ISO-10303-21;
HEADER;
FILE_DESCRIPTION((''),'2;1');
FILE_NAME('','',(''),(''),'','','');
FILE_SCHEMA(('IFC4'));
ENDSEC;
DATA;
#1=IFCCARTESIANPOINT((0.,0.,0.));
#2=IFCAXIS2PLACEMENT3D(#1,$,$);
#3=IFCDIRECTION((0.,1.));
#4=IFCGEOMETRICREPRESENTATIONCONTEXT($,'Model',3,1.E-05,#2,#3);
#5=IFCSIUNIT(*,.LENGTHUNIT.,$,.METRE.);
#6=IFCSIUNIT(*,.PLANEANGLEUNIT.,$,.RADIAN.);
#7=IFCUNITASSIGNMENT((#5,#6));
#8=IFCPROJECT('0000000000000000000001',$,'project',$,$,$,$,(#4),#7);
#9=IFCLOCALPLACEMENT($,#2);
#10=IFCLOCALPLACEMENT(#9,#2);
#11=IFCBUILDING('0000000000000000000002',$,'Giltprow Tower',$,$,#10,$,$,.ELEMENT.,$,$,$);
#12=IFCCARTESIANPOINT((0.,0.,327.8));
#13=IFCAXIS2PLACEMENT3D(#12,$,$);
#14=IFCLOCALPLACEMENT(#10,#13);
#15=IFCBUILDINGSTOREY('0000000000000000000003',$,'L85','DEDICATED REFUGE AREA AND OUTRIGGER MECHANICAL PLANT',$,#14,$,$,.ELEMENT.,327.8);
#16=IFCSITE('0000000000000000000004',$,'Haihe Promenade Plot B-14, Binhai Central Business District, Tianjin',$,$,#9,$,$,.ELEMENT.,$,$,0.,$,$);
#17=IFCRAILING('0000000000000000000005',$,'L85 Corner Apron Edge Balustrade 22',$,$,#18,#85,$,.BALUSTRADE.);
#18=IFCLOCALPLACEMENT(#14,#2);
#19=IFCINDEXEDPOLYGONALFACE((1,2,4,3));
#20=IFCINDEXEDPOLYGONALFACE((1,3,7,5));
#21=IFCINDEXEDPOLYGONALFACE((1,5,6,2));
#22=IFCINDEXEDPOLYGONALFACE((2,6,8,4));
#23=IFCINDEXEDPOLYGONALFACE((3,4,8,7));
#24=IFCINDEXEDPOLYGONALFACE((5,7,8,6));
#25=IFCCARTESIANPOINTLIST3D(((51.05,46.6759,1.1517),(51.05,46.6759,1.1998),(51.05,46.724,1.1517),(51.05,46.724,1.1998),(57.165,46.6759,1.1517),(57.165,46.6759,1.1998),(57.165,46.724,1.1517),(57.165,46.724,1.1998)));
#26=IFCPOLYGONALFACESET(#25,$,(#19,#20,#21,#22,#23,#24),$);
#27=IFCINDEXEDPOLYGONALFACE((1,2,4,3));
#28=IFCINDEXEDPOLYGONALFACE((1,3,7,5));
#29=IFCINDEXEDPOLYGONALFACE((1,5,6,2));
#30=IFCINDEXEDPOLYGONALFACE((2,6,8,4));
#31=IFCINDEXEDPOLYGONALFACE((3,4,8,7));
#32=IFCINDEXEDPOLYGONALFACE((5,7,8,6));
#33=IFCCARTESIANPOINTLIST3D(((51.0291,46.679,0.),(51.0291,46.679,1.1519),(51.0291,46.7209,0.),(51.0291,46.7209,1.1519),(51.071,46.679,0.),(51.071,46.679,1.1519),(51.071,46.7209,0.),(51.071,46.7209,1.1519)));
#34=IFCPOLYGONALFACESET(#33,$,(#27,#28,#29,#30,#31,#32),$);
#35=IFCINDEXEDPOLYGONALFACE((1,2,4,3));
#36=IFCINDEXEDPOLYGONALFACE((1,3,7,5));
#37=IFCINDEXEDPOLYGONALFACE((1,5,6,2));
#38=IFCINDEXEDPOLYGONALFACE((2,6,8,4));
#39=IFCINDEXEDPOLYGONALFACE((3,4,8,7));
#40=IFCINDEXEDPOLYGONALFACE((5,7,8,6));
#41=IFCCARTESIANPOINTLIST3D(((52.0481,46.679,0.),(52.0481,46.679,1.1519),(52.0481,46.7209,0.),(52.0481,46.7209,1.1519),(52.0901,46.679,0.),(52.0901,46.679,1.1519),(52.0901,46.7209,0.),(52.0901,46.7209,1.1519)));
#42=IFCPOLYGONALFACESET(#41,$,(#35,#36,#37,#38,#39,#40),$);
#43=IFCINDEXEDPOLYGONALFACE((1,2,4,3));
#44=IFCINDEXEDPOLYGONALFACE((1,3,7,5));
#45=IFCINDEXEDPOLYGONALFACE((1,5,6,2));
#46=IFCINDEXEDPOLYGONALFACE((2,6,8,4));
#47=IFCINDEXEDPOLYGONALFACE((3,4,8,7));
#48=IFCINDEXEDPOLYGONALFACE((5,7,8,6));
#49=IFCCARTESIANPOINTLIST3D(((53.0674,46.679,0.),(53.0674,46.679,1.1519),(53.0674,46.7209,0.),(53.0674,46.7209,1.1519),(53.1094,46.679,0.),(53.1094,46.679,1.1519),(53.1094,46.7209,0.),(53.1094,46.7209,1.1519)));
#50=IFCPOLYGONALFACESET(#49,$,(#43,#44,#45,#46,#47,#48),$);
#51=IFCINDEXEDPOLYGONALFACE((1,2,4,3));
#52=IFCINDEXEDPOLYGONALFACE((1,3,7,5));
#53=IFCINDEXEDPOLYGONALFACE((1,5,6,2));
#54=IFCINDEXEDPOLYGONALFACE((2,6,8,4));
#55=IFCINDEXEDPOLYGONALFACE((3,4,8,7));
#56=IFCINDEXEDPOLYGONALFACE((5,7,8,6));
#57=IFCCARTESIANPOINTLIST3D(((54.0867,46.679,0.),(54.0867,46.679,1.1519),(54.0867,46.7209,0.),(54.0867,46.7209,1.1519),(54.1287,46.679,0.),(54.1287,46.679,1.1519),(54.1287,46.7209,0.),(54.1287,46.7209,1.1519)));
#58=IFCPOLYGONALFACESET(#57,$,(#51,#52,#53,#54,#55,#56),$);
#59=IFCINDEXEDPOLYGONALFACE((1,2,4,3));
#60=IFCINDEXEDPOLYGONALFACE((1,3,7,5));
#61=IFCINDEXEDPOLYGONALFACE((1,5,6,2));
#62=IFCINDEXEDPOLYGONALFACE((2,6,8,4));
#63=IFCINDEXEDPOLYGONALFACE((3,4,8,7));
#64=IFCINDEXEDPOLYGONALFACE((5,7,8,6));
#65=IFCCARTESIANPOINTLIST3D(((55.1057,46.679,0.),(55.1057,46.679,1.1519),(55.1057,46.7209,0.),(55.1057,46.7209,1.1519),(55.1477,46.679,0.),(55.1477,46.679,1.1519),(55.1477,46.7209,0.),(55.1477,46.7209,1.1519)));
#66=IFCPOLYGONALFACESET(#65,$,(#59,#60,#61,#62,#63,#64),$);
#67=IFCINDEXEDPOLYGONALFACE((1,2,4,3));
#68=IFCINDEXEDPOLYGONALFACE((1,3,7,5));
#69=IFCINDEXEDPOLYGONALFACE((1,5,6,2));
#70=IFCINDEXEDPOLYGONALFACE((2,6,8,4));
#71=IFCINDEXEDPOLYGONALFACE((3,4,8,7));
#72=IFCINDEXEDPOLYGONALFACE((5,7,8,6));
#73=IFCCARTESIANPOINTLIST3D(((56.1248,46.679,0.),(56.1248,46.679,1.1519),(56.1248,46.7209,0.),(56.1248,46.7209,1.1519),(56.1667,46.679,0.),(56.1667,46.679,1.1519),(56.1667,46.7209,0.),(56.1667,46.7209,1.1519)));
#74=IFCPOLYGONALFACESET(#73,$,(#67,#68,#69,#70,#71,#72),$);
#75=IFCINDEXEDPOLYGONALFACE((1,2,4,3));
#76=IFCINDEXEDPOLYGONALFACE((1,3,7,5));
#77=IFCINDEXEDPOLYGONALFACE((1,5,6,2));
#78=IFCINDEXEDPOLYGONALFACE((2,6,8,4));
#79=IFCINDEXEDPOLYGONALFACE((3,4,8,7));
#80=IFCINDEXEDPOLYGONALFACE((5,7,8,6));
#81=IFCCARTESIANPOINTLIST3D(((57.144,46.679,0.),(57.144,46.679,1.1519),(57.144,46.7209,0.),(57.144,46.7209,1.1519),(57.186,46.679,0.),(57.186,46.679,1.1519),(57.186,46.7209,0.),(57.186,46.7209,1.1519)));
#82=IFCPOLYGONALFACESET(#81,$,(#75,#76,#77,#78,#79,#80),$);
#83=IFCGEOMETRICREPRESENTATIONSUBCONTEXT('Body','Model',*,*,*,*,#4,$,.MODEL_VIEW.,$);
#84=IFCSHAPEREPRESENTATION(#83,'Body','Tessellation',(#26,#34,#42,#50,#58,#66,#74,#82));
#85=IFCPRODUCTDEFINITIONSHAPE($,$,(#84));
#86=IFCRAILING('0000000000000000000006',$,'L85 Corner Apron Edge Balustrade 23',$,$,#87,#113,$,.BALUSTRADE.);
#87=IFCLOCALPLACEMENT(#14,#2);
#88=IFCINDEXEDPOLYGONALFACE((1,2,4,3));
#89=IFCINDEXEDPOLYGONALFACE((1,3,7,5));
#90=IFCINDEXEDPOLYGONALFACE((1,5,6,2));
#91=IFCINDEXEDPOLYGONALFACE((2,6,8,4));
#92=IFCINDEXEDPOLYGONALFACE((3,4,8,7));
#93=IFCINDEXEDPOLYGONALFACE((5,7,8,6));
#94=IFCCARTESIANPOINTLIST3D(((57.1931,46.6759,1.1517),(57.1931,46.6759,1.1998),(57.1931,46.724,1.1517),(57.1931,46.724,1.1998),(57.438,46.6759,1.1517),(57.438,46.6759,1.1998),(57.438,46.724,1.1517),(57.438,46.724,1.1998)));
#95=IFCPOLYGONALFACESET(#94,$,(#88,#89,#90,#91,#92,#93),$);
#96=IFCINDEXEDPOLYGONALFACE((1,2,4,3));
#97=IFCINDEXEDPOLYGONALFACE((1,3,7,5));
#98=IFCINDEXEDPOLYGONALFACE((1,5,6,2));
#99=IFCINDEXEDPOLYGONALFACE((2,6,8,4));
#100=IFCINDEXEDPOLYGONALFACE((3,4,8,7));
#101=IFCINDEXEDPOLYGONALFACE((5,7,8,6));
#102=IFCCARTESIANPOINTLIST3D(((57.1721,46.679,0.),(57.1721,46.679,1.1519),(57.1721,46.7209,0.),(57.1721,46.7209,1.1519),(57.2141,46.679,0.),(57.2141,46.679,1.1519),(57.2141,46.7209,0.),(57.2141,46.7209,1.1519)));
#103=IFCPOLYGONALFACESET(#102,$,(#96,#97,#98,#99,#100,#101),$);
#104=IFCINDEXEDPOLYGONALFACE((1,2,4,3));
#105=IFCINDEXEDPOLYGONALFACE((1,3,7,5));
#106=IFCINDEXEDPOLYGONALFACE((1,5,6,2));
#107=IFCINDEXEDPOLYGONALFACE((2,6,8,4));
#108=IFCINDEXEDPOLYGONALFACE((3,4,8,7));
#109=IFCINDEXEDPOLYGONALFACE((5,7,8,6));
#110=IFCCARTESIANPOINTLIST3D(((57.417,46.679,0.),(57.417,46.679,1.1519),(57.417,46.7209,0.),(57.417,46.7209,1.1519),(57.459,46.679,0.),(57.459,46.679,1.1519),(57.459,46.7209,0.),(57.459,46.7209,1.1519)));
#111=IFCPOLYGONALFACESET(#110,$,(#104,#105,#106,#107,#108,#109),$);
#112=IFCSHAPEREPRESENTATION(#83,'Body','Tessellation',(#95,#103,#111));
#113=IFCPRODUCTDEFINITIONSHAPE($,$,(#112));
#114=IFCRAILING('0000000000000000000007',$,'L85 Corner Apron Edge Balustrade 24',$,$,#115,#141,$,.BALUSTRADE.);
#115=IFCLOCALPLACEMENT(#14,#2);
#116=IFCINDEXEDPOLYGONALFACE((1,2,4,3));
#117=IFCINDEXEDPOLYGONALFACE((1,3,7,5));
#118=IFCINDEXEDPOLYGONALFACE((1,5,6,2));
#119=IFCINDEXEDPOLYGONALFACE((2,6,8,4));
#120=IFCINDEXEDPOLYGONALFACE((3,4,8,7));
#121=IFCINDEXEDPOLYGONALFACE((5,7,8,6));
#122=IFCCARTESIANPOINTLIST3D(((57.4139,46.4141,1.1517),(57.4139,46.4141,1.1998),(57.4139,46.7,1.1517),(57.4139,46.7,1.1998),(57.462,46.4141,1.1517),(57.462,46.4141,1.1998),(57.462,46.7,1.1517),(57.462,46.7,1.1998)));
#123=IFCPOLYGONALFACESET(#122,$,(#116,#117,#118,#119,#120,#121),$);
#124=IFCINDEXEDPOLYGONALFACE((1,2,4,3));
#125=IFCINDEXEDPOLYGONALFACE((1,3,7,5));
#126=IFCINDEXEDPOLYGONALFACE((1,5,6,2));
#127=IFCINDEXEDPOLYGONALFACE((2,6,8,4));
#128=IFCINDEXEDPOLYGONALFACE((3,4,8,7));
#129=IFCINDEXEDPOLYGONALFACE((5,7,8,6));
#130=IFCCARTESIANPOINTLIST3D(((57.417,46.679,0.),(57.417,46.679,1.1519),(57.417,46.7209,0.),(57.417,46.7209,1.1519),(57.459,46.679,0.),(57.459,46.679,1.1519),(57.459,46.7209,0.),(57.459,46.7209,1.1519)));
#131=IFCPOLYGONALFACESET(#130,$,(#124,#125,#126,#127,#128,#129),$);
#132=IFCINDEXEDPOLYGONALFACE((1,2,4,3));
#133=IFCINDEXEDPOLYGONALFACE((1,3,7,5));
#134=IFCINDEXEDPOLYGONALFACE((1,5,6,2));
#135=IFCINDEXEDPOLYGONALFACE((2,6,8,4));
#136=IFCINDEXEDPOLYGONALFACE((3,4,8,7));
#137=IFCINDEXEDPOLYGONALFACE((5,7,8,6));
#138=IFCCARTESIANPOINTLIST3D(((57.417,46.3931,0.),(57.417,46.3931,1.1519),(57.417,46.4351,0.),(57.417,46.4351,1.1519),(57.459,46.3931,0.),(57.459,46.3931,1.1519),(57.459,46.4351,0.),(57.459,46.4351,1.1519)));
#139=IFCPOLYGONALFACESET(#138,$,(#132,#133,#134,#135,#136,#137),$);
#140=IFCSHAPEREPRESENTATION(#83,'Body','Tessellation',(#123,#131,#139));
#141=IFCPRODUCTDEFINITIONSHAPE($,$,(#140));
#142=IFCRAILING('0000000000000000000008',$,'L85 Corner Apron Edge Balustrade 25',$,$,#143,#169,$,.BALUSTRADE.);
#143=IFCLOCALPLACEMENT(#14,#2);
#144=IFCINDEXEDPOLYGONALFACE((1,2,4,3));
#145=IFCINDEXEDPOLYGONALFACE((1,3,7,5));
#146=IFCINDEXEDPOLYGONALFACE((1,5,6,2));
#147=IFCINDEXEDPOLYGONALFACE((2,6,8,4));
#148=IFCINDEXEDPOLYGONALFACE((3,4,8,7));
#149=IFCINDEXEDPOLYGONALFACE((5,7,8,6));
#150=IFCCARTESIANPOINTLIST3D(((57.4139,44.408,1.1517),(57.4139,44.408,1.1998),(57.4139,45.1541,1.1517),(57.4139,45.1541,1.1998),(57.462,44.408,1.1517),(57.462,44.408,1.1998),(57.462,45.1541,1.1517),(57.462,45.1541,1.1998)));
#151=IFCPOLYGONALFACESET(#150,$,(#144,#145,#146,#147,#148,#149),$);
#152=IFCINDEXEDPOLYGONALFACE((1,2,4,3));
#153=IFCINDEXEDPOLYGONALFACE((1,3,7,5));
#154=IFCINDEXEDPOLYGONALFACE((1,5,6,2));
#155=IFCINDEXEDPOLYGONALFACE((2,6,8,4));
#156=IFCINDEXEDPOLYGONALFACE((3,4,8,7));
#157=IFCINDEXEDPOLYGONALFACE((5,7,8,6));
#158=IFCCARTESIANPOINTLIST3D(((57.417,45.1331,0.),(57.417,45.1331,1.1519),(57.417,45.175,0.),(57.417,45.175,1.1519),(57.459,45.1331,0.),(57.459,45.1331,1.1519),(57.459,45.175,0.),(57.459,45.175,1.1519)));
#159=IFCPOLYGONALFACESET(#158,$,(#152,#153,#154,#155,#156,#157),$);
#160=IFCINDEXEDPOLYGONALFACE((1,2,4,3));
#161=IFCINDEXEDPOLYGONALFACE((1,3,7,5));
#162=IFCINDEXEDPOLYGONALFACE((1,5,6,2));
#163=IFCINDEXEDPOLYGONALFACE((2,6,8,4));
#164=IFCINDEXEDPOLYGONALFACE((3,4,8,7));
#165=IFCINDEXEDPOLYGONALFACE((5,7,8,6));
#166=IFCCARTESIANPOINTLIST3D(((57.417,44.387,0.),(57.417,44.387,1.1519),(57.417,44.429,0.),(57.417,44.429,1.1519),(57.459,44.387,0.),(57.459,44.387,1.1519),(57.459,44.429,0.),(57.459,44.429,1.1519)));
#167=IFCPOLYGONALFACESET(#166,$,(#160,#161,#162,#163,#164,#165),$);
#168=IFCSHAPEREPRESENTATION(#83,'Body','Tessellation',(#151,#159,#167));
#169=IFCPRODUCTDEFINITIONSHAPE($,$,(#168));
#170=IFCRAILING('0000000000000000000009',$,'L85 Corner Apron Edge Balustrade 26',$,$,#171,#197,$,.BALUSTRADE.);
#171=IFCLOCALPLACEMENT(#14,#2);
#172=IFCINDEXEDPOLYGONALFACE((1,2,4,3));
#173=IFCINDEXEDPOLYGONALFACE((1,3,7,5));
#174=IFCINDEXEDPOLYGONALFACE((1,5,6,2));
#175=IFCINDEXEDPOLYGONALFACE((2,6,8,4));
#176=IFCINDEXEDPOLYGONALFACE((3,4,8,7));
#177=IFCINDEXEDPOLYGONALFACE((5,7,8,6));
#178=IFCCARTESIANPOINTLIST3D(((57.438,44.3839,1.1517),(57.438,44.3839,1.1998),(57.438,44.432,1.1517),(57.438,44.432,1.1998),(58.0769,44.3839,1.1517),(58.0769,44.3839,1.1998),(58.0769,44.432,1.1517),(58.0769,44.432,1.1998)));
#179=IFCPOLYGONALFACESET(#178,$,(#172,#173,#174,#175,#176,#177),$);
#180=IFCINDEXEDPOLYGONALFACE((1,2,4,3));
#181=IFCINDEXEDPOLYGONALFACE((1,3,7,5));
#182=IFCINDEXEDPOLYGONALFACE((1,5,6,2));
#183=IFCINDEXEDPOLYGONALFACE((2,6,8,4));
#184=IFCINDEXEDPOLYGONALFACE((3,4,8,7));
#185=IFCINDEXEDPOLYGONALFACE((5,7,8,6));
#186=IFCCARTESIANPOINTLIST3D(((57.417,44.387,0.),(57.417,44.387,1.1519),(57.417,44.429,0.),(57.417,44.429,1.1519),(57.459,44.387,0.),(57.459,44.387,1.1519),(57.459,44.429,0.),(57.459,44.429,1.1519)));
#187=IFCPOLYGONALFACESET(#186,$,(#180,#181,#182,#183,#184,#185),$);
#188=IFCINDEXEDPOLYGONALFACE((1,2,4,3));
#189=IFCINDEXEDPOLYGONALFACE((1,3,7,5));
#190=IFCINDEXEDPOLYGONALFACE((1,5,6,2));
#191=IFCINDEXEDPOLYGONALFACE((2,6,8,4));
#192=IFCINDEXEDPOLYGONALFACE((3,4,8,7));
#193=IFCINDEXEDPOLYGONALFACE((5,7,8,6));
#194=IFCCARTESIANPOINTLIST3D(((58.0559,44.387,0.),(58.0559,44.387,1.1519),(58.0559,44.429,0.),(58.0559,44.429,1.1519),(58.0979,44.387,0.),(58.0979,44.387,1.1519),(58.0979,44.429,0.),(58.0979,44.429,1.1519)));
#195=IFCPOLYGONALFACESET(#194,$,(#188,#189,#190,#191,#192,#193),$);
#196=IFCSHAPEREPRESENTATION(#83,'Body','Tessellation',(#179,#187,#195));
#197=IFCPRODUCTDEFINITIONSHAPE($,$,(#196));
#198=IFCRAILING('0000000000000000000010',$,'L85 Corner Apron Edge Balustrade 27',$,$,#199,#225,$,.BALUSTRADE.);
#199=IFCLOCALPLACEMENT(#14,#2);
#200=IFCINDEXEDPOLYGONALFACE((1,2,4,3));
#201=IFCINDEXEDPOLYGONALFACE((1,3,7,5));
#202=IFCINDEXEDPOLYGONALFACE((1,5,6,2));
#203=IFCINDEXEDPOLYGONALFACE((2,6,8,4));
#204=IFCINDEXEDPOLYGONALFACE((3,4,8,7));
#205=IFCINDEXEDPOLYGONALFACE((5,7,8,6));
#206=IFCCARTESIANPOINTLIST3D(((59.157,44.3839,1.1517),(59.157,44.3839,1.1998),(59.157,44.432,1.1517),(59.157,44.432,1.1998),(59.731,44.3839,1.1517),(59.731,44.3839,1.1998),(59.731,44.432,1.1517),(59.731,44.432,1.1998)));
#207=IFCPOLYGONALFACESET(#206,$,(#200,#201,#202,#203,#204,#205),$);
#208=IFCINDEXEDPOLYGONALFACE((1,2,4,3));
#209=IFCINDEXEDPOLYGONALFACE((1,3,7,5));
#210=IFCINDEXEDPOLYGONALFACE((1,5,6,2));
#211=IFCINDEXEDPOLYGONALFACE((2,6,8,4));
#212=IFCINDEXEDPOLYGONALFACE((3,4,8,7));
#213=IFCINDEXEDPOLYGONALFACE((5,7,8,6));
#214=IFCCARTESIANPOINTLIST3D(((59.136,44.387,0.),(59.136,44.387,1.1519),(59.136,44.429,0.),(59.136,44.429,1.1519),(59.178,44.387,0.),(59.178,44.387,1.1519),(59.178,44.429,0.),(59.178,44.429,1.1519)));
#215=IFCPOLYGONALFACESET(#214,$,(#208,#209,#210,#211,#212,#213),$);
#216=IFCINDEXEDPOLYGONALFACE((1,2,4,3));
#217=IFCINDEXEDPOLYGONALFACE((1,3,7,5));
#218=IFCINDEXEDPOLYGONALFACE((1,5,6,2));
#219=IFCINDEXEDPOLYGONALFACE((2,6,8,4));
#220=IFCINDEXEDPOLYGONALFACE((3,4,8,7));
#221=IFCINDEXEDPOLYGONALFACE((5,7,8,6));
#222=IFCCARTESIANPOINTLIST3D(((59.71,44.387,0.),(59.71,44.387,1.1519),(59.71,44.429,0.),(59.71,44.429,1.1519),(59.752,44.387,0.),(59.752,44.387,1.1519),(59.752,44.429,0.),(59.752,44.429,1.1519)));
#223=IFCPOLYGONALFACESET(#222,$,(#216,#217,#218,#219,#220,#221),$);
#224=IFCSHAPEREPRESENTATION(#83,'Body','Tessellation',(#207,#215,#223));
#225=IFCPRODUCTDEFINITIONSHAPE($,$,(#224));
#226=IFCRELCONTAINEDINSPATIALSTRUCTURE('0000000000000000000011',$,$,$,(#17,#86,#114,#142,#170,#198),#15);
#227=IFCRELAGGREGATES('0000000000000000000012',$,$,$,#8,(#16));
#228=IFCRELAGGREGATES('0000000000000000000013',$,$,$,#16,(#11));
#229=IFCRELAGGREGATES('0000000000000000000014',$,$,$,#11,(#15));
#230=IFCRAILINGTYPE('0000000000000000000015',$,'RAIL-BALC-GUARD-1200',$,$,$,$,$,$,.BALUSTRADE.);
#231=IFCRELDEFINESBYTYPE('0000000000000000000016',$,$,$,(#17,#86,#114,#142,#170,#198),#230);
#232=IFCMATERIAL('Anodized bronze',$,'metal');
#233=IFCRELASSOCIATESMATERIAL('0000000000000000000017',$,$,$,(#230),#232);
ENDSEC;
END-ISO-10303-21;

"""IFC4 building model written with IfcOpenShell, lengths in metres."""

from ifc_helpers import new_model, si_unit, direction, frame, origin, origin_2d, place, context, subcontext, project, spatial, rectangle, extrude, material, type_object, element, save


model = new_model("IFC4")

# Units and contexts
model_context = context("Model", 3, precision=1e-05, world=origin(), true_north=direction((0.0, 1.0)))
body_context = subcontext(model_context, "Body", "Model", "MODEL_VIEW")
ifc_project = project(units=[si_unit("LENGTHUNIT", "METRE"), si_unit("PLANEANGLEUNIT", "RADIAN")], contexts=[model_context])

# Site, building, storey
site_placement = place(None, origin())
site = spatial("IfcSite", under=ifc_project, at=site_placement, Name="Haihe Promenade Plot B-14, Binhai Central Business District, Tianjin", CompositionType="ELEMENT", RefElevation=0.0)
building_placement = place(site_placement, origin())
building = spatial("IfcBuilding", under=site, at=building_placement, Name="Giltprow Tower", CompositionType="ELEMENT")
storey_placement = place(building_placement, frame((0.0, 0.0, 327.8)))
storey = spatial("IfcBuildingStorey", under=building, at=storey_placement, Name="L85", Description="DEDICATED REFUGE AREA AND OUTRIGGER MECHANICAL PLANT", CompositionType="ELEMENT", Elevation=327.8)

# Railings
ifc_material_1 = material(Name="Anodized bronze", Category="metal")
railing_type_1 = type_object("IfcRailingType", Name="RAIL-BALC-GUARD-1200", PredefinedType="BALUSTRADE", material=ifc_material_1)
railing_1_placement = place(storey_placement, frame((51.05, 46.7, 0.0)))
element("IfcRailing", 1, at=railing_1_placement, inside=storey, type_object=railing_type_1, Name="L85 Corner Apron Edge Balustrade 22", PredefinedType="BALUSTRADE", context=body_context, shape_type="SweptSolid", body=[
    extrude(rectangle(XDim=0.0481, YDim=0.0481, at=origin_2d()), frame((0.0, 0.0, 1.1758), z_axis=(1.0, 0.0, 0.0), x_axis=(0.0, 1.0, 0.0)), (0.0, 0.0, 1.0), 6.115),
    extrude(rectangle(XDim=0.042, YDim=0.042, at=origin_2d()), origin(), (0.0, 0.0, 1.0), 1.1519),
    extrude(rectangle(XDim=0.042, YDim=0.042, at=origin_2d()), frame((1.019, 0.0, 0.0)), (0.0, 0.0, 1.0), 1.1519),
    extrude(rectangle(XDim=0.042, YDim=0.042, at=origin_2d()), frame((2.0383, 0.0, 0.0)), (0.0, 0.0, 1.0), 1.1519),
    extrude(rectangle(XDim=0.042, YDim=0.042, at=origin_2d()), frame((3.0576, 0.0, 0.0)), (0.0, 0.0, 1.0), 1.1519),
    extrude(rectangle(XDim=0.042, YDim=0.042, at=origin_2d()), frame((4.0767, 0.0, 0.0)), (0.0, 0.0, 1.0), 1.1519),
    extrude(rectangle(XDim=0.042, YDim=0.042, at=origin_2d()), frame((5.0957, 0.0, 0.0)), (0.0, 0.0, 1.0), 1.1519),
    extrude(rectangle(XDim=0.042, YDim=0.042, at=origin_2d()), frame((6.115, 0.0, 0.0)), (0.0, 0.0, 1.0), 1.1519),
])
railing_2_placement = place(storey_placement, frame((57.1931, 46.7, 0.0)))
element("IfcRailing", 2, at=railing_2_placement, inside=storey, type_object=railing_type_1, Name="L85 Corner Apron Edge Balustrade 23", PredefinedType="BALUSTRADE", context=body_context, shape_type="SweptSolid", body=[
    extrude(rectangle(XDim=0.0481, YDim=0.0481, at=origin_2d()), frame((0.0, 0.0, 1.1758), z_axis=(1.0, 0.0, 0.0), x_axis=(0.0, 1.0, 0.0)), (0.0, 0.0, 1.0), 0.2449),
    extrude(rectangle(XDim=0.042, YDim=0.042, at=origin_2d()), origin(), (0.0, 0.0, 1.0), 1.1519),
    extrude(rectangle(XDim=0.042, YDim=0.042, at=origin_2d()), frame((0.2449, 0.0, 0.0)), (0.0, 0.0, 1.0), 1.1519),
])
railing_3_placement = place(storey_placement, frame((57.438, 46.7, 0.0)))
element("IfcRailing", 3, at=railing_3_placement, inside=storey, type_object=railing_type_1, Name="L85 Corner Apron Edge Balustrade 24", PredefinedType="BALUSTRADE", context=body_context, shape_type="SweptSolid", body=[
    extrude(rectangle(XDim=0.0481, YDim=0.0481, at=origin_2d()), frame((0.0, 0.0, 1.1758), z_axis=(0.0, -1.0, 0.0), x_axis=(1.0, 0.0, 0.0)), (0.0, 0.0, 1.0), 0.2859),
    extrude(rectangle(XDim=0.042, YDim=0.042, at=origin_2d()), origin(), (0.0, 0.0, 1.0), 1.1519),
    extrude(rectangle(XDim=0.042, YDim=0.042, at=origin_2d()), frame((0.0, -0.2859, 0.0)), (0.0, 0.0, 1.0), 1.1519),
])
railing_4_placement = place(storey_placement, frame((57.438, 45.1541, 0.0)))
element("IfcRailing", 4, at=railing_4_placement, inside=storey, type_object=railing_type_1, Name="L85 Corner Apron Edge Balustrade 25", PredefinedType="BALUSTRADE", context=body_context, shape_type="SweptSolid", body=[
    extrude(rectangle(XDim=0.0481, YDim=0.0481, at=origin_2d()), frame((0.0, 0.0, 1.1758), z_axis=(0.0, -1.0, 0.0), x_axis=(1.0, 0.0, 0.0)), (0.0, 0.0, 1.0), 0.7461),
    extrude(rectangle(XDim=0.042, YDim=0.042, at=origin_2d()), origin(), (0.0, 0.0, 1.0), 1.1519),
    extrude(rectangle(XDim=0.042, YDim=0.042, at=origin_2d()), frame((0.0, -0.7461, 0.0)), (0.0, 0.0, 1.0), 1.1519),
])
railing_5_placement = place(storey_placement, frame((57.438, 44.408, 0.0)))
element("IfcRailing", 5, at=railing_5_placement, inside=storey, type_object=railing_type_1, Name="L85 Corner Apron Edge Balustrade 26", PredefinedType="BALUSTRADE", context=body_context, shape_type="SweptSolid", body=[
    extrude(rectangle(XDim=0.0481, YDim=0.0481, at=origin_2d()), frame((0.0, 0.0, 1.1758), z_axis=(1.0, 0.0, 0.0), x_axis=(0.0, 1.0, 0.0)), (0.0, 0.0, 1.0), 0.6389),
    extrude(rectangle(XDim=0.042, YDim=0.042, at=origin_2d()), origin(), (0.0, 0.0, 1.0), 1.1519),
    extrude(rectangle(XDim=0.042, YDim=0.042, at=origin_2d()), frame((0.6389, 0.0, 0.0)), (0.0, 0.0, 1.0), 1.1519),
])
railing_6_placement = place(storey_placement, frame((59.157, 44.408, 0.0)))
element("IfcRailing", 6, at=railing_6_placement, inside=storey, type_object=railing_type_1, Name="L85 Corner Apron Edge Balustrade 27", PredefinedType="BALUSTRADE", context=body_context, shape_type="SweptSolid", body=[
    extrude(rectangle(XDim=0.0481, YDim=0.0481, at=origin_2d()), frame((0.0, 0.0, 1.1758), z_axis=(1.0, 0.0, 0.0), x_axis=(0.0, 1.0, 0.0)), (0.0, 0.0, 1.0), 0.574),
    extrude(rectangle(XDim=0.042, YDim=0.042, at=origin_2d()), origin(), (0.0, 0.0, 1.0), 1.1519),
    extrude(rectangle(XDim=0.042, YDim=0.042, at=origin_2d()), frame((0.574, 0.0, 0.0)), (0.0, 0.0, 1.0), 1.1519),
])

save(model, "model.ifc")
